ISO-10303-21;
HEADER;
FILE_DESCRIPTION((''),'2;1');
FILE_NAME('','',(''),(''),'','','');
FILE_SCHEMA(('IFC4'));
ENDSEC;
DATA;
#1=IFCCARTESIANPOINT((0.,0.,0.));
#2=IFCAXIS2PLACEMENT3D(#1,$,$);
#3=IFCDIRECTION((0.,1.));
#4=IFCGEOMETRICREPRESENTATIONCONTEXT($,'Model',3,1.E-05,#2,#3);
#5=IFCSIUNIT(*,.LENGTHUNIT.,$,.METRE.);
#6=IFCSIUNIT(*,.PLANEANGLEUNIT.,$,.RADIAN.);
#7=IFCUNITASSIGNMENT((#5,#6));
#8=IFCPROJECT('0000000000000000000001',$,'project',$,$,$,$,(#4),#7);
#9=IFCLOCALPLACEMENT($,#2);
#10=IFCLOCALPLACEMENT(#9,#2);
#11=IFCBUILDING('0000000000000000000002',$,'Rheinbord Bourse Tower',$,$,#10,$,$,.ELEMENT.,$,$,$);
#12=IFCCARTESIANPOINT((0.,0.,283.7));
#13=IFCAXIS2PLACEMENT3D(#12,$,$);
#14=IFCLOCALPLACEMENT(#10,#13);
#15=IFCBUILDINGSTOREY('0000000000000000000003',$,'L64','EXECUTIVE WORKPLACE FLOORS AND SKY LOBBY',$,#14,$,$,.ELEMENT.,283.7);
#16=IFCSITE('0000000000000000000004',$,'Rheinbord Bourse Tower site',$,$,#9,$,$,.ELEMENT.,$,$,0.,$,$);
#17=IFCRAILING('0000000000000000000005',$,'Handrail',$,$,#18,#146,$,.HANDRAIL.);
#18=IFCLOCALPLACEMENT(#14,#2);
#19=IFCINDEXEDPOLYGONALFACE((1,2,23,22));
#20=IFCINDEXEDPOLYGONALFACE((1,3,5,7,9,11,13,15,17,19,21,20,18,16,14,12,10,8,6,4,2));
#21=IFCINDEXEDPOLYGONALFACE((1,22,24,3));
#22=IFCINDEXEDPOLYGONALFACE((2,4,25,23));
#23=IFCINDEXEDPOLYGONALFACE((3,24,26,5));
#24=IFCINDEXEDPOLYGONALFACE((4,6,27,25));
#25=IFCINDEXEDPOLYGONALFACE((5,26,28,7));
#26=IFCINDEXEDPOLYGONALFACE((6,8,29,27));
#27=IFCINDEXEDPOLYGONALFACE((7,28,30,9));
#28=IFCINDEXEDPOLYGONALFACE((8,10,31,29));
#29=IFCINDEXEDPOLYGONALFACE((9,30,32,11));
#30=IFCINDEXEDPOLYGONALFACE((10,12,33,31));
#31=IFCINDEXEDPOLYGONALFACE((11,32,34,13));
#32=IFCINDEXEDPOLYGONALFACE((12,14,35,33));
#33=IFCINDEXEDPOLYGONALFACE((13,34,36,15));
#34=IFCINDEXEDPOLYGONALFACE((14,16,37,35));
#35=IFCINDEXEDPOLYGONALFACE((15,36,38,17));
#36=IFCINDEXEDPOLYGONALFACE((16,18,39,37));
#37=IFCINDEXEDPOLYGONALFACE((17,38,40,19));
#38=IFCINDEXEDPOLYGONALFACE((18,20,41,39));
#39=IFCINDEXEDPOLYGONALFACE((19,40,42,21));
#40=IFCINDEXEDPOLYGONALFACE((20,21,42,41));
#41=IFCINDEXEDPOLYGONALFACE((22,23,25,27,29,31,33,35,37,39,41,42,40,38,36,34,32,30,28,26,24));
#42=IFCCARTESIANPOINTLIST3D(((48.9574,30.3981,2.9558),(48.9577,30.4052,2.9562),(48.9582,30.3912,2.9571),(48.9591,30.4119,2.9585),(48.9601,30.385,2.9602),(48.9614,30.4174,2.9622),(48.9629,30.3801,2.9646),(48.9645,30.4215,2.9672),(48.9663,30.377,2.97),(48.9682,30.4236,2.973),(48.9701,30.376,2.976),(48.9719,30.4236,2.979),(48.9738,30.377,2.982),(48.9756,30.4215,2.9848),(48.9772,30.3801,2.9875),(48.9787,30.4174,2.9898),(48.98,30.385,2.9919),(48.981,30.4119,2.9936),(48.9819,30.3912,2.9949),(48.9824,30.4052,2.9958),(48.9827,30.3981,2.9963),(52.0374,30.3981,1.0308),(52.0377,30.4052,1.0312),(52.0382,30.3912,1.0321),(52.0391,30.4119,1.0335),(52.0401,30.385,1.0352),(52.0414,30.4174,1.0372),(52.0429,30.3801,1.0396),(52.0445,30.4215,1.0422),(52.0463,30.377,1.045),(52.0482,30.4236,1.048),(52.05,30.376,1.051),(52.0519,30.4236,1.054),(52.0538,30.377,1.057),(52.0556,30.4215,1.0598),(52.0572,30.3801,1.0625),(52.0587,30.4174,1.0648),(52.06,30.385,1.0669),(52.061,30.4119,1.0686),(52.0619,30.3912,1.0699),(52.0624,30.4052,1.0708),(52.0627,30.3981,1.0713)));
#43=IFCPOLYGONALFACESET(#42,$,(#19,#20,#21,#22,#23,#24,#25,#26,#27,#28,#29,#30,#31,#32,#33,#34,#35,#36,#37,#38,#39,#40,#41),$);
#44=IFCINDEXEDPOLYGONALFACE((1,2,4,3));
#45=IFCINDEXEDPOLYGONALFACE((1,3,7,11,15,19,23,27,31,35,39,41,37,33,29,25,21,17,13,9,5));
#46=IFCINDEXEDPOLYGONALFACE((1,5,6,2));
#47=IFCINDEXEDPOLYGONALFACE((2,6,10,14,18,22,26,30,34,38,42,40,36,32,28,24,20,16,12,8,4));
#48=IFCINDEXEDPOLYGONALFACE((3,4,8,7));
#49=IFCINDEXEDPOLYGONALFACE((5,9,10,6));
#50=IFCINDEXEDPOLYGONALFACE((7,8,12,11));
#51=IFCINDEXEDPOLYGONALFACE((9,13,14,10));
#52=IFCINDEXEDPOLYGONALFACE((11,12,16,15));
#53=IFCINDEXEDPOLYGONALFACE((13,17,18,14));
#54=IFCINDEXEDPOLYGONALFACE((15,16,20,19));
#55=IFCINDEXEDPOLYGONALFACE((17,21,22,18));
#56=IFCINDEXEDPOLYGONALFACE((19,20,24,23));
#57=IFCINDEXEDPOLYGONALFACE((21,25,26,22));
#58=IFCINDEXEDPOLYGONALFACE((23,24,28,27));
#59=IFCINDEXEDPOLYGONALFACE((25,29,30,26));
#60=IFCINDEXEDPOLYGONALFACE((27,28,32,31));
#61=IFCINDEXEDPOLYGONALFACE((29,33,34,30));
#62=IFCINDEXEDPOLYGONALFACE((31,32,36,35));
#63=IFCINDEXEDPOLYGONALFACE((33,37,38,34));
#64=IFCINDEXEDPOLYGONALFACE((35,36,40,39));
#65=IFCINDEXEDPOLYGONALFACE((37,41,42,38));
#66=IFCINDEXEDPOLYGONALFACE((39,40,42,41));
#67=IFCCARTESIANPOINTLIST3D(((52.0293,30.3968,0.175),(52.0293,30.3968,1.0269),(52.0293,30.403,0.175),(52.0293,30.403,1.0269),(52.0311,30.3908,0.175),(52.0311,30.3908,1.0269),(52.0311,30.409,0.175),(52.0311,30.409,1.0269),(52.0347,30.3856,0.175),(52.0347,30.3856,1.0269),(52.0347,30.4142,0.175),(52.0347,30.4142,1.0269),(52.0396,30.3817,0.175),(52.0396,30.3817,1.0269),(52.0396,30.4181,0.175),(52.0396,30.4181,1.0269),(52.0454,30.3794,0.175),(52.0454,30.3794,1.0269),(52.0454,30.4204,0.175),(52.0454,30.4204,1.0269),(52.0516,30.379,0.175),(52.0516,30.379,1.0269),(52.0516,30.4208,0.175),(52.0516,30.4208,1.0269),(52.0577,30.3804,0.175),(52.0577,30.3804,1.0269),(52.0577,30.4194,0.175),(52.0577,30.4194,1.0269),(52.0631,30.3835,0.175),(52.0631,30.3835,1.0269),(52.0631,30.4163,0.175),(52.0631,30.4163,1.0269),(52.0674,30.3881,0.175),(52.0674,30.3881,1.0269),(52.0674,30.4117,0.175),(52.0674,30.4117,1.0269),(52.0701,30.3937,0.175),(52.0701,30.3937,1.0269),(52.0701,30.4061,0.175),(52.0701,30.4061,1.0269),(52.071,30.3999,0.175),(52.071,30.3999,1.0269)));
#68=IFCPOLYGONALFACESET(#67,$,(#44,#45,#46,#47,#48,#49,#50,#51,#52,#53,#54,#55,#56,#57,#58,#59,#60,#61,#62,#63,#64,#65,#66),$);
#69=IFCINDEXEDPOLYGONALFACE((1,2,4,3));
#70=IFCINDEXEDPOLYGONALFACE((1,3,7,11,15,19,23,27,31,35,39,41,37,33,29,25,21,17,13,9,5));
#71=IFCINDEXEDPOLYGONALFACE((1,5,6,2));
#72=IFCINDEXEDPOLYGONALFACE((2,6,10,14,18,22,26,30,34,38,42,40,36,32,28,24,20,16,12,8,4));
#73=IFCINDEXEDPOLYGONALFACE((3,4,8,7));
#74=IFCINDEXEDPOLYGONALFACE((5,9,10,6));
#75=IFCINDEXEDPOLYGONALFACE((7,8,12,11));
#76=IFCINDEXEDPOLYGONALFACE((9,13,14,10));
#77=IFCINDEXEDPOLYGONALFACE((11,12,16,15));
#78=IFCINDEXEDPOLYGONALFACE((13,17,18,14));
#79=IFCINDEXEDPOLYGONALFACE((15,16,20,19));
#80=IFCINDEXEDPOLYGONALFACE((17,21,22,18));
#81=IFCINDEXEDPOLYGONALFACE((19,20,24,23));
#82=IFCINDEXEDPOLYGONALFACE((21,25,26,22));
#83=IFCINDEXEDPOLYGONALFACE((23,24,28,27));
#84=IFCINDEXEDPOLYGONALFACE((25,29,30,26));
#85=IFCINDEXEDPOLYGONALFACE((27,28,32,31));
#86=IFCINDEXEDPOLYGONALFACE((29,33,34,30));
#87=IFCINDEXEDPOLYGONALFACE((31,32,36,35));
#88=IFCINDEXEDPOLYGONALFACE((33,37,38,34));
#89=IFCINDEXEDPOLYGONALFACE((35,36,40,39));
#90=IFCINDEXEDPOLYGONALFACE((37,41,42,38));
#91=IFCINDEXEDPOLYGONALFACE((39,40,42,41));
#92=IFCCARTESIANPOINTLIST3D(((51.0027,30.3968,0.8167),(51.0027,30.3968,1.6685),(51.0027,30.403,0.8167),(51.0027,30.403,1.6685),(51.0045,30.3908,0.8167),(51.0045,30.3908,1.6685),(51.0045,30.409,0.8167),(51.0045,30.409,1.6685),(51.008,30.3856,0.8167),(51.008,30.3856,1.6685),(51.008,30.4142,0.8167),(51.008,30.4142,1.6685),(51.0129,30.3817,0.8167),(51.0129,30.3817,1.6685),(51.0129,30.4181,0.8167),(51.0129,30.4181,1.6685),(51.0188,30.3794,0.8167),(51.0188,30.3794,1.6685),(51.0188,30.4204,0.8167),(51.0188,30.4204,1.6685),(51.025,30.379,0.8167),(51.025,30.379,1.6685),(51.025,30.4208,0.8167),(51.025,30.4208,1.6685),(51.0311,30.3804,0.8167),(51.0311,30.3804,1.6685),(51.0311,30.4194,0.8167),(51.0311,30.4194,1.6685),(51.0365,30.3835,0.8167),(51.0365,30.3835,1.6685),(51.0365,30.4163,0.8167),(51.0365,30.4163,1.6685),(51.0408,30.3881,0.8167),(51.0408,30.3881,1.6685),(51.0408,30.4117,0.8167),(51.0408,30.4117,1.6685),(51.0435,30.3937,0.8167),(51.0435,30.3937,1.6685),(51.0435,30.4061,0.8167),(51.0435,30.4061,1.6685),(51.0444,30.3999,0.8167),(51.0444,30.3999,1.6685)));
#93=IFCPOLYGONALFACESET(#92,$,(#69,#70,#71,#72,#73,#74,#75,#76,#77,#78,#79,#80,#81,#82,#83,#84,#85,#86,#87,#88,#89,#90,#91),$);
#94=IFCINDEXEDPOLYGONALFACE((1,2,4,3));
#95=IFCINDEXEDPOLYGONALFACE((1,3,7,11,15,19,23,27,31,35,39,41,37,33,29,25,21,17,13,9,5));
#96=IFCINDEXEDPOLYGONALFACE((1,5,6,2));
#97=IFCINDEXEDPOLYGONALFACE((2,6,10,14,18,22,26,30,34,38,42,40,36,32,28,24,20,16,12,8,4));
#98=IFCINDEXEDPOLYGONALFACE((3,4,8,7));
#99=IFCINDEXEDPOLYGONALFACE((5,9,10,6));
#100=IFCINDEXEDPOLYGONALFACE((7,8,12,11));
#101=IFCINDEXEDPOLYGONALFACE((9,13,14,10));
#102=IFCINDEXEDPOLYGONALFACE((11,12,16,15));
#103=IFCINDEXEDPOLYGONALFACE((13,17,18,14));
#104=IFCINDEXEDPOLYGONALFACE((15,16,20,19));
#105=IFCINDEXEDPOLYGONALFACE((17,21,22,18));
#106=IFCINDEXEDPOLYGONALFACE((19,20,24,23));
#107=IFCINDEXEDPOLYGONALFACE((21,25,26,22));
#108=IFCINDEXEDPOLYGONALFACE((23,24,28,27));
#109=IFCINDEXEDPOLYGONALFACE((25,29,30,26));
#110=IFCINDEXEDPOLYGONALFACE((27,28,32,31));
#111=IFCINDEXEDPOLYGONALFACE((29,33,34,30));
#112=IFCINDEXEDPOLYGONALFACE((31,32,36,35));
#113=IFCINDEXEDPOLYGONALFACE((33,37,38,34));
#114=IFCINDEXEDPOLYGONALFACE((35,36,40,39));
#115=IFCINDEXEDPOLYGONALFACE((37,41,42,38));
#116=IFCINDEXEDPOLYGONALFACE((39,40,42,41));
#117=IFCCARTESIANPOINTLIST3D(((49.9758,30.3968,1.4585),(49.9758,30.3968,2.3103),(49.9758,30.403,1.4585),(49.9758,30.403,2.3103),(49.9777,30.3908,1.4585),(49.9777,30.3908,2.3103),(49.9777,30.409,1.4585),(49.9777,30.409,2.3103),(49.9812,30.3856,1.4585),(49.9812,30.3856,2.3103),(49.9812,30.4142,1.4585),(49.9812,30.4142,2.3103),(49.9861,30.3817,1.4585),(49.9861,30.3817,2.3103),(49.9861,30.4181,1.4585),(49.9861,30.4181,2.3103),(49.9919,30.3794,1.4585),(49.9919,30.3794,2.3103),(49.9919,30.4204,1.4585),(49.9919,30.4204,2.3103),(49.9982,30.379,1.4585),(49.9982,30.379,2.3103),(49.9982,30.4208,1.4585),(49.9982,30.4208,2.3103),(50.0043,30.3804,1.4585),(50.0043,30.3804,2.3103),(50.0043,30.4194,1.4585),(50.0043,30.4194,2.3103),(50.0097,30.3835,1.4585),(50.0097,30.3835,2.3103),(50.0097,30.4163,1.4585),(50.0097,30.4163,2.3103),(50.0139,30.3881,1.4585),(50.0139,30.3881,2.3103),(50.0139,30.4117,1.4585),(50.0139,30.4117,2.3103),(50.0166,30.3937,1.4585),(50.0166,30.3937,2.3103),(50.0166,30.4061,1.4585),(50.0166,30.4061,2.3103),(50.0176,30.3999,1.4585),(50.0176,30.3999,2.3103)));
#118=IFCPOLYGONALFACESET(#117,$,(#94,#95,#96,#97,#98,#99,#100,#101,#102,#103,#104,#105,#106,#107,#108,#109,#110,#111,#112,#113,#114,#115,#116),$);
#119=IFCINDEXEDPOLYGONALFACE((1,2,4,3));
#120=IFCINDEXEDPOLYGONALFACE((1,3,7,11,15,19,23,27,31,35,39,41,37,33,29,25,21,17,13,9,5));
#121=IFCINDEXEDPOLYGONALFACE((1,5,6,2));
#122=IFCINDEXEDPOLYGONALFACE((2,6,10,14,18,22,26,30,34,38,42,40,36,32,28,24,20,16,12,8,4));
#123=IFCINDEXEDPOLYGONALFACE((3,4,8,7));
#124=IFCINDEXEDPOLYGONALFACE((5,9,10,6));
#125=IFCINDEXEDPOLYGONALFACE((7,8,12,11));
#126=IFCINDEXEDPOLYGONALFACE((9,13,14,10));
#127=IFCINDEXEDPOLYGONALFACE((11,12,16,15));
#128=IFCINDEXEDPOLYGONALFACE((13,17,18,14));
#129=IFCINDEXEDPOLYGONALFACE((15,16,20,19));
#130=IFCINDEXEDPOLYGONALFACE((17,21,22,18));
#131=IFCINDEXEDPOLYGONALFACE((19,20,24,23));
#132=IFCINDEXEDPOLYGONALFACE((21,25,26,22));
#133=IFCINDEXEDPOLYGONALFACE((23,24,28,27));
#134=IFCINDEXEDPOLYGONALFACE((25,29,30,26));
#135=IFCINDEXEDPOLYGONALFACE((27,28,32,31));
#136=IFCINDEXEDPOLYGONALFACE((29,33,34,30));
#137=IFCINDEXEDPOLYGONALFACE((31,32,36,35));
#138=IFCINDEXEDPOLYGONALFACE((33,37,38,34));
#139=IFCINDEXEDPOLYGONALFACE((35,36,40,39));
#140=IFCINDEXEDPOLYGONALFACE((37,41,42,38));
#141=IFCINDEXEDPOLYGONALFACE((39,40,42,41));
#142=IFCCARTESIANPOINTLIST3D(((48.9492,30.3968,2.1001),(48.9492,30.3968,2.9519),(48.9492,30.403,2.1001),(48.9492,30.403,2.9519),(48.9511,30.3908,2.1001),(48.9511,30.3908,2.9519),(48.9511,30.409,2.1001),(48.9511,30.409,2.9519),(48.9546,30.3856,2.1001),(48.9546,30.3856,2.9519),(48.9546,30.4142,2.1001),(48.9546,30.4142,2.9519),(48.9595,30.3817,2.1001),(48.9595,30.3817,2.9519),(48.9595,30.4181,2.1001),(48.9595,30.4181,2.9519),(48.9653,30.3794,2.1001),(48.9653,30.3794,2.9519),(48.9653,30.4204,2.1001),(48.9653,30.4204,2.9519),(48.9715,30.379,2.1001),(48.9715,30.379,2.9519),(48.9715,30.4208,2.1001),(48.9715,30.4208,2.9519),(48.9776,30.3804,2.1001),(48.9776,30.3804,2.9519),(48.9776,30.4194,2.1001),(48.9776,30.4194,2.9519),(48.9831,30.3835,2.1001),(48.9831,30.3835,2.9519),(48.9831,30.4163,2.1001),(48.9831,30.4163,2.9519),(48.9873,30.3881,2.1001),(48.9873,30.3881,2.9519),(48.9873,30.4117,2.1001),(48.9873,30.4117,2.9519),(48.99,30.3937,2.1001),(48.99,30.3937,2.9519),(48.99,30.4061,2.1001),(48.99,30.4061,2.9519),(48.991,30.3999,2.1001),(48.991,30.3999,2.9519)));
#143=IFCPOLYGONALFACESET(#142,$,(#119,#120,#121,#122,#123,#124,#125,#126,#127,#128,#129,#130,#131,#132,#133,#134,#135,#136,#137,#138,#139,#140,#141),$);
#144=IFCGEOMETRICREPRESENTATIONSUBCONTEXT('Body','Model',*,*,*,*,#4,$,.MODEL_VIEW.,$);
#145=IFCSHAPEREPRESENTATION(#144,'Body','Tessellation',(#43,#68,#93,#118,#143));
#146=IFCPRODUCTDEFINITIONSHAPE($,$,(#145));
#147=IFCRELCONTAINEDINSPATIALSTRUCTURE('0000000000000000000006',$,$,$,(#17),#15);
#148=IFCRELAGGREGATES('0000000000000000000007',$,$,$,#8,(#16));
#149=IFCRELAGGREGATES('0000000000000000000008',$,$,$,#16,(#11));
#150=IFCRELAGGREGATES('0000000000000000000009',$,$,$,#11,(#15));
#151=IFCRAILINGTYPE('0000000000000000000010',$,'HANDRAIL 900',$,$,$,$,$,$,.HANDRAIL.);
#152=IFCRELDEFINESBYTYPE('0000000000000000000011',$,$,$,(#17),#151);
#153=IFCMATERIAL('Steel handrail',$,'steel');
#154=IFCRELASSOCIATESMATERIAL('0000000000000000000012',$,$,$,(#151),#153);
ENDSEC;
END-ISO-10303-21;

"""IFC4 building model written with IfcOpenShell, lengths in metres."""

from ifc_helpers import new_model, si_unit, direction, frame, origin, origin_2d, place, context, subcontext, project, spatial, circle, extrude, material, type_object, element, save


model = new_model("IFC4")

# Units and contexts
model_context = context("Model", 3, precision=1e-05, world=origin(), true_north=direction((0.0, 1.0)))
body_context = subcontext(model_context, "Body", "Model", "MODEL_VIEW")
ifc_project = project(units=[si_unit("LENGTHUNIT", "METRE"), si_unit("PLANEANGLEUNIT", "RADIAN")], contexts=[model_context])

# Site, building, storey
site_placement = place(None, origin())
site = spatial("IfcSite", under=ifc_project, at=site_placement, Name="Rheinbord Bourse Tower site", CompositionType="ELEMENT", RefElevation=0.0)
building_placement = place(site_placement, origin())
building = spatial("IfcBuilding", under=site, at=building_placement, Name="Rheinbord Bourse Tower", CompositionType="ELEMENT")
storey_placement = place(building_placement, frame((0.0, 0.0, 283.7)))
storey = spatial("IfcBuildingStorey", under=building, at=storey_placement, Name="L64", Description="EXECUTIVE WORKPLACE FLOORS AND SKY LOBBY", CompositionType="ELEMENT", Elevation=283.7)

# Railing
ifc_material_1 = material(Name="Steel handrail", Category="steel")
railing_type = type_object("IfcRailingType", Name="HANDRAIL 900", PredefinedType="HANDRAIL", material=ifc_material_1)
railing_1_placement = place(storey_placement, frame((52.05, 30.3999, 0.175)))
element("IfcRailing", 1, at=railing_1_placement, inside=storey, type_object=railing_type, Name="Handrail", PredefinedType="HANDRAIL", context=body_context, shape_type="SweptSolid", body=[
    extrude(circle(Radius=0.0239, at=origin_2d()), frame((0.0, 0.0, 0.876), z_axis=(-0.847998, 0.0, 0.529999), x_axis=(0.0, -1.0, 0.0)), (0.0, 0.0, 1.0), 3.6321),
    extrude(circle(Radius=0.021, at=origin_2d()), origin(), (0.0, 0.0, 1.0), 0.8518),
    extrude(circle(Radius=0.021, at=origin_2d()), frame((-1.0266, 0.0, 0.6416)), (0.0, 0.0, 1.0), 0.8518),
    extrude(circle(Radius=0.021, at=origin_2d()), frame((-2.0535, 0.0, 1.2834)), (0.0, 0.0, 1.0), 0.8518),
    extrude(circle(Radius=0.021, at=origin_2d()), frame((-3.0801, 0.0, 1.925)), (0.0, 0.0, 1.0), 0.8518),
])

save(model, "model.ifc")
